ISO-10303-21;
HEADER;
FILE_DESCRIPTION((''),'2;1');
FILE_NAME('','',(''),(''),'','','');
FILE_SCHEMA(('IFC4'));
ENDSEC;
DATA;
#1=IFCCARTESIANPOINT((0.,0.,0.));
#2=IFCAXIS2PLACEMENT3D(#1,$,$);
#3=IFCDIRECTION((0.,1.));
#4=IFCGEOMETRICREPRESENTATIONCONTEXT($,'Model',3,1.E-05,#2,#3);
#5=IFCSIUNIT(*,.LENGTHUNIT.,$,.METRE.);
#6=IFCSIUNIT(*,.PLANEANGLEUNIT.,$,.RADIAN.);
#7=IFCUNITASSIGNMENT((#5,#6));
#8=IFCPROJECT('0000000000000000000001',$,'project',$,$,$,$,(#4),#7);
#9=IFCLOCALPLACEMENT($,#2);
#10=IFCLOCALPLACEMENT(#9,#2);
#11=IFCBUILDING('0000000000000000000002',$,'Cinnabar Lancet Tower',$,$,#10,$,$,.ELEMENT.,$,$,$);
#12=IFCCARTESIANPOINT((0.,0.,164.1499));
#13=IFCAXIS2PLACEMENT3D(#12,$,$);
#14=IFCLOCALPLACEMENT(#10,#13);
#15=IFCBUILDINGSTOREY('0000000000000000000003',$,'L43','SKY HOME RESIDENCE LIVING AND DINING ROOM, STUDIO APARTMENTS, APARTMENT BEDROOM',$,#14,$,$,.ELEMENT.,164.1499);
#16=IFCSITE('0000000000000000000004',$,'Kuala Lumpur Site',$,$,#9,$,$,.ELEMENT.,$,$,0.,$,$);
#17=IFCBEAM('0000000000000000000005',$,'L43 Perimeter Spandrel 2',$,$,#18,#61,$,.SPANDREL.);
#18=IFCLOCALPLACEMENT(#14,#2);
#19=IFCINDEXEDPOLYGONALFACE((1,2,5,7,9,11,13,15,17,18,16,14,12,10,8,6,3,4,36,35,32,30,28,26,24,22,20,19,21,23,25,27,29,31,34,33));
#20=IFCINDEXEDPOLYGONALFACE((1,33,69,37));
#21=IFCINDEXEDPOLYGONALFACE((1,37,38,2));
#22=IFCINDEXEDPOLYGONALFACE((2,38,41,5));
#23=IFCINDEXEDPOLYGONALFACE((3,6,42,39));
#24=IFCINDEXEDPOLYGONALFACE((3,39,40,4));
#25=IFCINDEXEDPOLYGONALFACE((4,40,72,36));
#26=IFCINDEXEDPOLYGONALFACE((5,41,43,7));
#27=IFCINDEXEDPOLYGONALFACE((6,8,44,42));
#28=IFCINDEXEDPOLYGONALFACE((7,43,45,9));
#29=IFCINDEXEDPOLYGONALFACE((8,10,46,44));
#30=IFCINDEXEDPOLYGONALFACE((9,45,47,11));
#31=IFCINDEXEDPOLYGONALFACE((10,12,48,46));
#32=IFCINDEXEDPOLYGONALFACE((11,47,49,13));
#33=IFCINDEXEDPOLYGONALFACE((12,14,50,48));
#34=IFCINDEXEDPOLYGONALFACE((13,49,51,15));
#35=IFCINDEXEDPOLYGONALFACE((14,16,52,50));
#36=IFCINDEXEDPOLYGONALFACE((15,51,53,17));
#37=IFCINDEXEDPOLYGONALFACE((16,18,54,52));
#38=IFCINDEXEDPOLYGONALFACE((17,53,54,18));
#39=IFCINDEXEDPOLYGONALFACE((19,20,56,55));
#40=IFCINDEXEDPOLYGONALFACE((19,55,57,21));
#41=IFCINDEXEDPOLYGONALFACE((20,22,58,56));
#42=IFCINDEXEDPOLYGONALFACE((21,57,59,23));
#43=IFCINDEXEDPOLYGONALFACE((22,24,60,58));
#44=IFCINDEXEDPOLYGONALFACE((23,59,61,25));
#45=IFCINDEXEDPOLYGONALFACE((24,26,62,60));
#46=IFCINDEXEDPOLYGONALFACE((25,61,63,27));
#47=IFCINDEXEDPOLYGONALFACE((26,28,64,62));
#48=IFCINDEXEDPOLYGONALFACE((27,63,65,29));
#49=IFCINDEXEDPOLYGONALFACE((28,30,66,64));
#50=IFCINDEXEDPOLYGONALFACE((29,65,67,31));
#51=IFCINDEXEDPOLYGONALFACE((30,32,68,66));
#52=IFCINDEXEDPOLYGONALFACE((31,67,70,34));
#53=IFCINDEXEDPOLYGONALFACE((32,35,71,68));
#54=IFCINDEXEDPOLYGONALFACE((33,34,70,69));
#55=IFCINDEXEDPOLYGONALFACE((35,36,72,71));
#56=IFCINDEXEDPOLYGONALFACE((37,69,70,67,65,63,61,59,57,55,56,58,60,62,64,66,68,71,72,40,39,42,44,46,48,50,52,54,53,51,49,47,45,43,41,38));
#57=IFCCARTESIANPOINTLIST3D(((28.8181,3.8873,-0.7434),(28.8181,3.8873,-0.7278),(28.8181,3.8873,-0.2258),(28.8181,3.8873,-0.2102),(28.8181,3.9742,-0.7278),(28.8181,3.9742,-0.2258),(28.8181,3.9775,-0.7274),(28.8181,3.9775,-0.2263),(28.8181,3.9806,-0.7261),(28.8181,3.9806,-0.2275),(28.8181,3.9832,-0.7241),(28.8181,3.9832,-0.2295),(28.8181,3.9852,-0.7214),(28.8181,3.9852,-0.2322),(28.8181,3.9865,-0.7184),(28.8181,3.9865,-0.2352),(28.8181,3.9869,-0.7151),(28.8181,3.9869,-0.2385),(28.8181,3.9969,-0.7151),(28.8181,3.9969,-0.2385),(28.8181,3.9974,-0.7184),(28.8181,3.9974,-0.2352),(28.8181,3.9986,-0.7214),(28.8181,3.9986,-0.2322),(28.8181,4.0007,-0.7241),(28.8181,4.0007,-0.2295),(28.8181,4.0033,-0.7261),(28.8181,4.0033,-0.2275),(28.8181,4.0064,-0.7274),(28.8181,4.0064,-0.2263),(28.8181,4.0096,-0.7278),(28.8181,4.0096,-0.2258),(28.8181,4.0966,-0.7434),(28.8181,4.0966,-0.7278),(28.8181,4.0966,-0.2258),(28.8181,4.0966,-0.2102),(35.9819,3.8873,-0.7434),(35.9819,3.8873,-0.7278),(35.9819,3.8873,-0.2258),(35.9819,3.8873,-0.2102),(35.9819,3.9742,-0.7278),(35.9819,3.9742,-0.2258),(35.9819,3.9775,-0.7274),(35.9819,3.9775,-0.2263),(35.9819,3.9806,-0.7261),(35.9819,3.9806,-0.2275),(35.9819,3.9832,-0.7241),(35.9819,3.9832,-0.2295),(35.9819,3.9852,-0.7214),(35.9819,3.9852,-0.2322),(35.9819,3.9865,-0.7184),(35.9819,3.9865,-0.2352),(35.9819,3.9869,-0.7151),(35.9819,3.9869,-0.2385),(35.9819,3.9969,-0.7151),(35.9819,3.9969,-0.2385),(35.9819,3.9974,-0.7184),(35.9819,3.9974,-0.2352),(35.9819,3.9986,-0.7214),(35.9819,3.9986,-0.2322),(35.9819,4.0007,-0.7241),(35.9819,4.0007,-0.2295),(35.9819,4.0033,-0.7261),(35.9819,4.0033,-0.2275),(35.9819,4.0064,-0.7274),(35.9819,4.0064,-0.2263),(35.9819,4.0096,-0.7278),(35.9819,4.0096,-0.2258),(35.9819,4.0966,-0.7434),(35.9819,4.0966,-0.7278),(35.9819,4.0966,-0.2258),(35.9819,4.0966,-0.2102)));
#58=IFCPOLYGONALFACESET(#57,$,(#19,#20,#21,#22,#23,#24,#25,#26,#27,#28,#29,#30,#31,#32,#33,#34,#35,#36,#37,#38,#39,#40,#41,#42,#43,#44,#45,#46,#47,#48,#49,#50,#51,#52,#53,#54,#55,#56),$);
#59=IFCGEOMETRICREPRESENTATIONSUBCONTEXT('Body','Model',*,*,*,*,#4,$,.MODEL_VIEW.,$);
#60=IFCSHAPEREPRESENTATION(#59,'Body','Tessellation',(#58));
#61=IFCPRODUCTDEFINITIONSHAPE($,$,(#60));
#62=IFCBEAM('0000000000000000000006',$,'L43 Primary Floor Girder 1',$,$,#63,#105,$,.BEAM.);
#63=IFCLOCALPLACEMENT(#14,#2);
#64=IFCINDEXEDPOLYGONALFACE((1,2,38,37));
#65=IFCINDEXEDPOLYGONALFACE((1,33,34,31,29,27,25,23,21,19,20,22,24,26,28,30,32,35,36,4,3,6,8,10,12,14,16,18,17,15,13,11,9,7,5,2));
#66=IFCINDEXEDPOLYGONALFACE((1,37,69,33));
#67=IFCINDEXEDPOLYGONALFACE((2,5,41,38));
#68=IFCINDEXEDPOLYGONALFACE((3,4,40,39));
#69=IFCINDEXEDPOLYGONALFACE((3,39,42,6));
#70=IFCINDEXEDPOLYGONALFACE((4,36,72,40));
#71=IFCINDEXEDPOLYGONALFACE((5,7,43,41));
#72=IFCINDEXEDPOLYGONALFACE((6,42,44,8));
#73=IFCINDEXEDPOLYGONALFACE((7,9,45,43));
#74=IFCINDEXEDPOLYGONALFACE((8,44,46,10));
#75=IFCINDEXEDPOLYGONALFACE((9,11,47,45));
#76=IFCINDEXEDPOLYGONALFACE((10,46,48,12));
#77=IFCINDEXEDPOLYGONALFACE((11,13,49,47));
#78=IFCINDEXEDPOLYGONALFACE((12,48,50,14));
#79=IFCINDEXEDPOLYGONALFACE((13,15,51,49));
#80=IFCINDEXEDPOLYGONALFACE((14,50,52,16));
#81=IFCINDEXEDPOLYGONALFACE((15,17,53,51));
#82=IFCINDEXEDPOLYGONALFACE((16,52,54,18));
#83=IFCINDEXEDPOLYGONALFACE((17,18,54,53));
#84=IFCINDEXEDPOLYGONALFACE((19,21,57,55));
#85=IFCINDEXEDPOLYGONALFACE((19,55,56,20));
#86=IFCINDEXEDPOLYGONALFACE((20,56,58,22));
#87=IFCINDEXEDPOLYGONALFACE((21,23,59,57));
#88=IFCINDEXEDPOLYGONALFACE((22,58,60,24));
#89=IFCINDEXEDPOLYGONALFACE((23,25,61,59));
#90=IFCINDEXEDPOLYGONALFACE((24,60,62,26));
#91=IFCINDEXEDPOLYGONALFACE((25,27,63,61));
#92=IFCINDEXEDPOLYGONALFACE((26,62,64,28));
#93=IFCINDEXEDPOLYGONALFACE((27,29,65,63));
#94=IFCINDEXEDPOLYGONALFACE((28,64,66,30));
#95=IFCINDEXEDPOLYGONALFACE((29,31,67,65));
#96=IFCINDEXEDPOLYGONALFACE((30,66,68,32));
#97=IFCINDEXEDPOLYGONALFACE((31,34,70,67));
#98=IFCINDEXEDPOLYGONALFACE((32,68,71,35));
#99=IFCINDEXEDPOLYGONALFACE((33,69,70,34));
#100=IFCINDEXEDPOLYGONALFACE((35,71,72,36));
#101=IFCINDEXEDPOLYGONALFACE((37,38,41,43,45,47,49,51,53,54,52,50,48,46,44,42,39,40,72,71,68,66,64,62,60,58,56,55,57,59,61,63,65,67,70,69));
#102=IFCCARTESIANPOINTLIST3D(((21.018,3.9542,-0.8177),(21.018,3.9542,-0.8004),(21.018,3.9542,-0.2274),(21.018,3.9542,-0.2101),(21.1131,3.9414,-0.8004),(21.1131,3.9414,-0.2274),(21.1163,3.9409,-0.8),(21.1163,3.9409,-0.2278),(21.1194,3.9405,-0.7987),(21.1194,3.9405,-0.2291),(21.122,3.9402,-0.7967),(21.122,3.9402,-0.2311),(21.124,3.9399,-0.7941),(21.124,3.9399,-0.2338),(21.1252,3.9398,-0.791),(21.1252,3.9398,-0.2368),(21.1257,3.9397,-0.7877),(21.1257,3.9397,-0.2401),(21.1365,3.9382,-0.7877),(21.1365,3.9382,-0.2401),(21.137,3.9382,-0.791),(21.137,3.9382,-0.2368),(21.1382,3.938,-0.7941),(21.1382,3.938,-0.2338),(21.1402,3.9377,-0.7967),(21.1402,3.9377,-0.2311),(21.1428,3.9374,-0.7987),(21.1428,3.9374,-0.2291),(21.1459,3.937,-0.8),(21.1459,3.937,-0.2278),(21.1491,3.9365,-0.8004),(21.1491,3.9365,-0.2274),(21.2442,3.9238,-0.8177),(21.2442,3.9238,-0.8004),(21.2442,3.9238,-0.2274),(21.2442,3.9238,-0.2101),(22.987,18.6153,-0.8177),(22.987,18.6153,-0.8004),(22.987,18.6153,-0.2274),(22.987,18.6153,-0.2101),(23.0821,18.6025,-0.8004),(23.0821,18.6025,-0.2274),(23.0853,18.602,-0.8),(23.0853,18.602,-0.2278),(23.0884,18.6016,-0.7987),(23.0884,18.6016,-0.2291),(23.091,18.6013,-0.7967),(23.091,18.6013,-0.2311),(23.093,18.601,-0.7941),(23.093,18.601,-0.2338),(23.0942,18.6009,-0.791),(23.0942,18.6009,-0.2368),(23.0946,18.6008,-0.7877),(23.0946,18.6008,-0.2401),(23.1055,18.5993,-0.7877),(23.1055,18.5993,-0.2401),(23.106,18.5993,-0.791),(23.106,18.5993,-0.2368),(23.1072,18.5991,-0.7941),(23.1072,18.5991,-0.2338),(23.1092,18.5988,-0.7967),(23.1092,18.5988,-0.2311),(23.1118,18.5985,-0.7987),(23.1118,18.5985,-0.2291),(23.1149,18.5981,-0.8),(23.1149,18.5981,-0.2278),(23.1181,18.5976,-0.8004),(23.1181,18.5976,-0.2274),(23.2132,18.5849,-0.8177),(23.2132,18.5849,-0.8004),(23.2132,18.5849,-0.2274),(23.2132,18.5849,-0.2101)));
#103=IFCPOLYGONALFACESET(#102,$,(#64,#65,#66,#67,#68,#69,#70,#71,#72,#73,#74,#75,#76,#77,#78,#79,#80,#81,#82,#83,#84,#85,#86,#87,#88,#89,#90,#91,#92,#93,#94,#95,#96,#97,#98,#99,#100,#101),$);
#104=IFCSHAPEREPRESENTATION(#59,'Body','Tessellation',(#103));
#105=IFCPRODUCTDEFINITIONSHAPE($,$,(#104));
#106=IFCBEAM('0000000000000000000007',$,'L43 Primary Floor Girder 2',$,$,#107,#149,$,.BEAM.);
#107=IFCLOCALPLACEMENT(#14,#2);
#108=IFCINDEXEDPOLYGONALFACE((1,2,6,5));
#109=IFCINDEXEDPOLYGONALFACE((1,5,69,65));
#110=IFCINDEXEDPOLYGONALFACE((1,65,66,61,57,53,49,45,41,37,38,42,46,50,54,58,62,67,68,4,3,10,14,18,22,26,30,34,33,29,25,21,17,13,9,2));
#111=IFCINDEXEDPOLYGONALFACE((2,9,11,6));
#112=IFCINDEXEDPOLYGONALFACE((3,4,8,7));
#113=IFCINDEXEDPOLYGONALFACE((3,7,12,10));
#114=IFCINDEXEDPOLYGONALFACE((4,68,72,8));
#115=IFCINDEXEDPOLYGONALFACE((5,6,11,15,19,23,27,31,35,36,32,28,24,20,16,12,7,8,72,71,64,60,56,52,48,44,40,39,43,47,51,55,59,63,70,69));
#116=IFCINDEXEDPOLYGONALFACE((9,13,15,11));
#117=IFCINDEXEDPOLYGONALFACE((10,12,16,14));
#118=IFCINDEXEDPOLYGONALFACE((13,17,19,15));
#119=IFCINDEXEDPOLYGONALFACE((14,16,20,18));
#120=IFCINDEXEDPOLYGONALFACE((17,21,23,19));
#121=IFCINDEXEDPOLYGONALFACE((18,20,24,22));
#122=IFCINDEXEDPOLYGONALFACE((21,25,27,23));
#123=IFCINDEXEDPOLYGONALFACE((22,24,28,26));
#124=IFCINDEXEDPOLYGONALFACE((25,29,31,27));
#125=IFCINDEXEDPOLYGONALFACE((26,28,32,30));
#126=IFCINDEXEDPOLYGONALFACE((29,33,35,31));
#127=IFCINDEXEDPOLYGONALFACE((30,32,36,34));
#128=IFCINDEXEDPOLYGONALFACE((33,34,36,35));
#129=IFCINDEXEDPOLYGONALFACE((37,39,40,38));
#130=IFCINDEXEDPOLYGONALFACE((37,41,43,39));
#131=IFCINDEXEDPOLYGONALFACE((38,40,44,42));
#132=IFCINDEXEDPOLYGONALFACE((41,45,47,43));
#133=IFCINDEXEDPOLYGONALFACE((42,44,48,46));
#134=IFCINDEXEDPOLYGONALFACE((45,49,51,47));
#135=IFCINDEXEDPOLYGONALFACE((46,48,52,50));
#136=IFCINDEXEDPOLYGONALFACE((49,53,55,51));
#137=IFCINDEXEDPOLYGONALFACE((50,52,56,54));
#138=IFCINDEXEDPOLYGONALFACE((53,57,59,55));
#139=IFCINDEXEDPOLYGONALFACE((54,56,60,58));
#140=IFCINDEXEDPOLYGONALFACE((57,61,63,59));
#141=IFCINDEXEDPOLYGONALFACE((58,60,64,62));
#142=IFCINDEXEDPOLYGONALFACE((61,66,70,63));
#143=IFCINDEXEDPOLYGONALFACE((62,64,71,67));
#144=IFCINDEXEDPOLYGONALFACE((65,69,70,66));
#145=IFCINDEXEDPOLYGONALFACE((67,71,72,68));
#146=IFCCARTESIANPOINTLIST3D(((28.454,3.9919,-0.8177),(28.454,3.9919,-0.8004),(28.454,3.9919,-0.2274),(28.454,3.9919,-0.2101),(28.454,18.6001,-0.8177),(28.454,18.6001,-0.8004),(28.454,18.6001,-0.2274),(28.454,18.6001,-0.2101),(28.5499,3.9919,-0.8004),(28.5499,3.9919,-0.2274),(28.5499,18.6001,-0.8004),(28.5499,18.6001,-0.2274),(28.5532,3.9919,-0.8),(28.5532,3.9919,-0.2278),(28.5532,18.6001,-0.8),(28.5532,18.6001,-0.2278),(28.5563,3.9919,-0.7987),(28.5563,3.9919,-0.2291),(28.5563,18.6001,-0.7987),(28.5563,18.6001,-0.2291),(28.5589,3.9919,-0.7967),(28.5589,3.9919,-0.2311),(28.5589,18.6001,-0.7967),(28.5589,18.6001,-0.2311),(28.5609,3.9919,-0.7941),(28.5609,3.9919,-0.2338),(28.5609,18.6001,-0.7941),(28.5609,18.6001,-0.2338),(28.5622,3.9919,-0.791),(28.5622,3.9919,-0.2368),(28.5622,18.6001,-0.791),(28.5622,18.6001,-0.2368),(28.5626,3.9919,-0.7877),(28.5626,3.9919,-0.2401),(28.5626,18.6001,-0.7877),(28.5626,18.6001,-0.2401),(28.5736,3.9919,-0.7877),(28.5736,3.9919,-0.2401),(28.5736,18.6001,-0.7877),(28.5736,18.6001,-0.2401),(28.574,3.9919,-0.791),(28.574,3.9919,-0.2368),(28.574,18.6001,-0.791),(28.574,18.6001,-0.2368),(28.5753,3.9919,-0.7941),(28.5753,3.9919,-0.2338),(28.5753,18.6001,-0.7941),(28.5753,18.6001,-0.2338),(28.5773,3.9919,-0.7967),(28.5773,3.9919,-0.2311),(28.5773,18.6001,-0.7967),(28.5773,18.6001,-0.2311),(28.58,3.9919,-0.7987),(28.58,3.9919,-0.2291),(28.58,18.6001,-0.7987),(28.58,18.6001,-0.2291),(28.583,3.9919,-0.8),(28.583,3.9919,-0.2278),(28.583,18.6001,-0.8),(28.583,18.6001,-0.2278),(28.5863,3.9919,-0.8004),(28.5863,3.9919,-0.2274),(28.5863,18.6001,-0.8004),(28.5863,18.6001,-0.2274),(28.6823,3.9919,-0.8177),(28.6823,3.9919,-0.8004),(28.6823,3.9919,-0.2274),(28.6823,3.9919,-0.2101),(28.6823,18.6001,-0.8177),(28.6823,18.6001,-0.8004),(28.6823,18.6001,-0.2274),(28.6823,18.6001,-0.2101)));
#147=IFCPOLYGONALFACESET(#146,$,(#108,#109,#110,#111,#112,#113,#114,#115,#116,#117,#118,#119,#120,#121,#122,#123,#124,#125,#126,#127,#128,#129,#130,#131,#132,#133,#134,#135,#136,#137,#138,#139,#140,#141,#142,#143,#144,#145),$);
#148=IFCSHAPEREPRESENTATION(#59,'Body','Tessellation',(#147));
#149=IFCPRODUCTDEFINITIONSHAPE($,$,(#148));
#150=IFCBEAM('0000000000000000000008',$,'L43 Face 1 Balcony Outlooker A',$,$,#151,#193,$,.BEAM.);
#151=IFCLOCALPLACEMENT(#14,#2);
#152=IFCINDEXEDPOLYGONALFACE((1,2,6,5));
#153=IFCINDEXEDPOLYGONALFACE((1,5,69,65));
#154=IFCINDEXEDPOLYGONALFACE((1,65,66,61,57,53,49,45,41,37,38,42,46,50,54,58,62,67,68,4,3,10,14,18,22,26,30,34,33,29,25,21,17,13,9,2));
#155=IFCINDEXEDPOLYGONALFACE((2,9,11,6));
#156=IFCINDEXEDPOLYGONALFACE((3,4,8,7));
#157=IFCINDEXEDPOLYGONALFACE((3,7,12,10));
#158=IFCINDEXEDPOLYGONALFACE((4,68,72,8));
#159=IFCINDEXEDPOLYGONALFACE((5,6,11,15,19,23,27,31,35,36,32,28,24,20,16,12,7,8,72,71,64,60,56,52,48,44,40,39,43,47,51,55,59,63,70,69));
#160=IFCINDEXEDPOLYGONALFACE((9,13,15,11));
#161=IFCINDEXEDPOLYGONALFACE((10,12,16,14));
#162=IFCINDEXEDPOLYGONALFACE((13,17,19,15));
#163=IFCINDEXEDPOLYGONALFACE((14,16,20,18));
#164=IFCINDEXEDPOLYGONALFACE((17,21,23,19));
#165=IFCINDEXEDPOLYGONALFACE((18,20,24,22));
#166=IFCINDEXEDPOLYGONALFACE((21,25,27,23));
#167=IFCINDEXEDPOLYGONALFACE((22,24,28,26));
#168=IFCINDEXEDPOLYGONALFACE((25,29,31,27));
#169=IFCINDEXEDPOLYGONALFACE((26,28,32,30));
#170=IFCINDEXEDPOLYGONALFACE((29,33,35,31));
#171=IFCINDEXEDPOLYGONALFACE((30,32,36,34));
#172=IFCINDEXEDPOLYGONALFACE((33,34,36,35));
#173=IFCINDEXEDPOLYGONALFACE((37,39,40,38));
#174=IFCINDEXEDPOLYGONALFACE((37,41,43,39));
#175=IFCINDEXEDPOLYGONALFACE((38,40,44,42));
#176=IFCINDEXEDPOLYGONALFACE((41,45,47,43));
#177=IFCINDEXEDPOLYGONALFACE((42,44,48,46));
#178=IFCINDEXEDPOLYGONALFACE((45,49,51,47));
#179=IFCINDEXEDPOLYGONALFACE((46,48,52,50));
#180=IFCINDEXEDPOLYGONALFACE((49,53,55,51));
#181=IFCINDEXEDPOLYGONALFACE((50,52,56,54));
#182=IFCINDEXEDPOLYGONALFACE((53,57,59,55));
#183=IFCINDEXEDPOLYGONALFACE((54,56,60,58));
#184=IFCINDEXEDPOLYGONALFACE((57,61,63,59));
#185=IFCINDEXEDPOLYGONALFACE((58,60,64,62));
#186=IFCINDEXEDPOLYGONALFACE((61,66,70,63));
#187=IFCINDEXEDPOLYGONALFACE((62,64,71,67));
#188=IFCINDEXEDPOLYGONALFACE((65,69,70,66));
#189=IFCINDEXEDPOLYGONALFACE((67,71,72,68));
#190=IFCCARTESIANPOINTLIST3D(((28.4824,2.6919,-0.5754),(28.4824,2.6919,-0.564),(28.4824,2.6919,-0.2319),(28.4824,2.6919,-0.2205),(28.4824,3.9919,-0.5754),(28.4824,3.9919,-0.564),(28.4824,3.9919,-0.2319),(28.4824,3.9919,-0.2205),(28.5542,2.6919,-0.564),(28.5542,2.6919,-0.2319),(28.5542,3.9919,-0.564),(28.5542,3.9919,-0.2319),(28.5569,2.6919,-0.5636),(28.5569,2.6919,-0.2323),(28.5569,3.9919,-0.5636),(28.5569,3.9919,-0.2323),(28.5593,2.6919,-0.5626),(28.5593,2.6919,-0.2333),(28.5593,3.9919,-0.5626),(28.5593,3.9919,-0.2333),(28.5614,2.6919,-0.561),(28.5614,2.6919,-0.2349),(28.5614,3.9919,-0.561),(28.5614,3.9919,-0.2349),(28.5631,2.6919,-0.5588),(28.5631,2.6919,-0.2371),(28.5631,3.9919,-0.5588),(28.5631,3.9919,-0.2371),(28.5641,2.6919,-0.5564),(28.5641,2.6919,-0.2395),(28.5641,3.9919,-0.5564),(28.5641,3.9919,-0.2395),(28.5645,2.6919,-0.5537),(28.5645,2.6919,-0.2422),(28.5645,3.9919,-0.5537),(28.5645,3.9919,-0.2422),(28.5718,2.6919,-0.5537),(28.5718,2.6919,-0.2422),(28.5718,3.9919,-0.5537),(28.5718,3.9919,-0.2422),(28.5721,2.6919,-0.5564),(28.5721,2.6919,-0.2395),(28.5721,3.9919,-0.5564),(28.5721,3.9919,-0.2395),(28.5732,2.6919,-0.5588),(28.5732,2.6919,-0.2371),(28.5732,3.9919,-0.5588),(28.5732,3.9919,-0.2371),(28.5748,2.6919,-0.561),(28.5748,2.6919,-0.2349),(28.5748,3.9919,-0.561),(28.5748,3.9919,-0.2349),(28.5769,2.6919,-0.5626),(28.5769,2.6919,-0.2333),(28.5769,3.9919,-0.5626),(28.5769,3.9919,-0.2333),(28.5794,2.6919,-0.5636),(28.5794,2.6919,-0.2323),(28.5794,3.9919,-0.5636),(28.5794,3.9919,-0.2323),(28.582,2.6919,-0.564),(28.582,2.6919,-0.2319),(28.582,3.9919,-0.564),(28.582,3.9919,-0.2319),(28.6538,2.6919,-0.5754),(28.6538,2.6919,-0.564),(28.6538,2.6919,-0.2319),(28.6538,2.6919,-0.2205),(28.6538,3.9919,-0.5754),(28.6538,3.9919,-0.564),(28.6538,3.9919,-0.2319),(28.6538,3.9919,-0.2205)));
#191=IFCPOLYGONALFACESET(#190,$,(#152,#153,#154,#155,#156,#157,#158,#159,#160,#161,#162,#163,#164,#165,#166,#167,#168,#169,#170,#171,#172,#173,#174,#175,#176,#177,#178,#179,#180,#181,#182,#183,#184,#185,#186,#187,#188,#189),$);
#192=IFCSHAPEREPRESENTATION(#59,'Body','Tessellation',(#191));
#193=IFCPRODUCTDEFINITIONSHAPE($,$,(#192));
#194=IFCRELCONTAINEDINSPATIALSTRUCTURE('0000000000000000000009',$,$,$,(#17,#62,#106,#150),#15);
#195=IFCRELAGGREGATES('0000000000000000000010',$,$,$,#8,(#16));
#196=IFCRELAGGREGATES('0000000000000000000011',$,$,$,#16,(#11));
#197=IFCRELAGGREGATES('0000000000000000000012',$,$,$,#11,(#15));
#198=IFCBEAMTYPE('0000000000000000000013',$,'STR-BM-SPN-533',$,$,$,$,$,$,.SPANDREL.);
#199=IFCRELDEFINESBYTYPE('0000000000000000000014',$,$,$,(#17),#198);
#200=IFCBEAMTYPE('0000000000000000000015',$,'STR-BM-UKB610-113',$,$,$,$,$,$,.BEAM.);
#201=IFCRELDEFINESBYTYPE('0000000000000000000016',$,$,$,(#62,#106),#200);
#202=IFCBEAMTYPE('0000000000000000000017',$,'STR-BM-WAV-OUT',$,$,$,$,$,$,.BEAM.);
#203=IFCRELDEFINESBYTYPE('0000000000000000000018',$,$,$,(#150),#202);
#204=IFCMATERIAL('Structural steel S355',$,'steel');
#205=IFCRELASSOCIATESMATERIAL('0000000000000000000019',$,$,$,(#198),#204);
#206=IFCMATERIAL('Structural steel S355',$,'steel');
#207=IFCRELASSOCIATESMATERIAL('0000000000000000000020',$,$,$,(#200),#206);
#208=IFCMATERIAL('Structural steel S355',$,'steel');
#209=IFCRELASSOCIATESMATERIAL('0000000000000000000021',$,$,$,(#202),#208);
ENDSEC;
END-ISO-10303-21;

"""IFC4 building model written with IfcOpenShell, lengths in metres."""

from ifc_helpers import new_model, si_unit, direction, frame, origin, origin_2d, place, context, subcontext, project, spatial, i_section, extrude, material, material_profile, profile_set, type_object, element, save


model = new_model("IFC4")

# Units and contexts
model_context = context("Model", 3, precision=1e-05, world=origin(), true_north=direction((0.0, 1.0)))
body_context = subcontext(model_context, "Body", "Model", "MODEL_VIEW")
ifc_project = project(units=[si_unit("LENGTHUNIT", "METRE"), si_unit("PLANEANGLEUNIT", "RADIAN")], contexts=[model_context])

# Site, building, storey
site_placement = place(None, origin())
site = spatial("IfcSite", under=ifc_project, at=site_placement, Name="Kuala Lumpur Site", CompositionType="ELEMENT", RefElevation=0.0)
building_placement = place(site_placement, origin())
building = spatial("IfcBuilding", under=site, at=building_placement, Name="Cinnabar Lancet Tower", CompositionType="ELEMENT")
storey_placement = place(building_placement, frame((0.0, 0.0, 164.1499)))
storey = spatial("IfcBuildingStorey", under=building, at=storey_placement, Name="L43", Description="SKY HOME RESIDENCE LIVING AND DINING ROOM, STUDIO APARTMENTS, APARTMENT BEDROOM", CompositionType="ELEMENT", Elevation=164.1499)

# Beams
ifc_material_1 = material(Name="Structural steel S355", Category="steel")
ifc_material_profile_1 = material_profile(ifc_material_1, i_section(OverallWidth=0.2092, OverallDepth=0.5332, WebThickness=0.01, FlangeThickness=0.0156, FilletRadius=0.0127, at=origin_2d()), Name="UKB 533x210x92")
ifc_profile_set_1 = profile_set([ifc_material_profile_1], Name="Structural steel S355")
beam_type_1 = type_object("IfcBeamType", Name="STR-BM-SPN-533", PredefinedType="SPANDREL", material=ifc_profile_set_1)
beam_1_placement = place(storey_placement, frame((28.8181, 3.9919, -0.4768), z_axis=(1.0, 0.0, 0.0), x_axis=(0.0, 1.0, 0.0)))
element("IfcBeam", 1, at=beam_1_placement, inside=storey, type_object=beam_type_1, Name="L43 Perimeter Spandrel 2", PredefinedType="SPANDREL", context=body_context, shape_type="SweptSolid", body=[
    extrude(i_section(OverallWidth=0.2092, OverallDepth=0.5332, WebThickness=0.01, FlangeThickness=0.0156, FilletRadius=0.0127, at=origin_2d()), origin(), (0.0, 0.0, 1.0), 7.1638),
])
ifc_material_2 = material(Name="Structural steel S355", Category="steel")
ifc_material_profile_2 = material_profile(ifc_material_2, i_section(OverallWidth=0.2283, OverallDepth=0.6077, WebThickness=0.011, FlangeThickness=0.0173, FilletRadius=0.0127, at=origin_2d()), Name="UKB 610x229x113")
ifc_profile_set_2 = profile_set([ifc_material_profile_2], Name="Structural steel S355")
beam_type_2 = type_object("IfcBeamType", Name="STR-BM-UKB610-113", PredefinedType="BEAM", material=ifc_profile_set_2)
beam_2_placement = place(storey_placement, frame((21.1311, 3.939, -0.5139), z_axis=(0.133105, 0.991102, 0.0), x_axis=(-0.991102, 0.133105, 0.0)))
element("IfcBeam", 2, at=beam_2_placement, inside=storey, type_object=beam_type_2, Name="L43 Primary Floor Girder 1", PredefinedType="BEAM", context=body_context, shape_type="SweptSolid", body=[
    extrude(i_section(OverallWidth=0.2283, OverallDepth=0.6077, WebThickness=0.011, FlangeThickness=0.0173, FilletRadius=0.0127, at=origin_2d()), origin(), (0.0, 0.0, 1.0), 14.7927),
])
beam_3_placement = place(storey_placement, frame((28.5681, 3.9919, -0.5139), z_axis=(0.0, 1.0, 0.0), x_axis=(-1.0, 0.0, 0.0)))
element("IfcBeam", 3, at=beam_3_placement, inside=storey, type_object=beam_type_2, Name="L43 Primary Floor Girder 2", PredefinedType="BEAM", context=body_context, shape_type="SweptSolid", body=[
    extrude(i_section(OverallWidth=0.2283, OverallDepth=0.6077, WebThickness=0.011, FlangeThickness=0.0173, FilletRadius=0.0127, at=origin_2d()), origin(), (0.0, 0.0, 1.0), 14.6082),
])
ifc_material_3 = material(Name="Structural steel S355", Category="steel")
ifc_material_profile_3 = material_profile(ifc_material_3, i_section(OverallWidth=0.1714, OverallDepth=0.355, WebThickness=0.0073, FlangeThickness=0.0115, FilletRadius=0.0103, at=origin_2d()), Name="UKB 356x171x51")
ifc_profile_set_3 = profile_set([ifc_material_profile_3], Name="Structural steel S355")
beam_type_3 = type_object("IfcBeamType", Name="STR-BM-WAV-OUT", PredefinedType="BEAM", material=ifc_profile_set_3)
beam_4_placement = place(storey_placement, frame((28.5681, 3.9919, -0.3979), z_axis=(0.0, -1.0, 0.0), x_axis=(1.0, 0.0, 0.0)))
element("IfcBeam", 4, at=beam_4_placement, inside=storey, type_object=beam_type_3, Name="L43 Face 1 Balcony Outlooker A", PredefinedType="BEAM", context=body_context, shape_type="SweptSolid", body=[
    extrude(i_section(OverallWidth=0.1714, OverallDepth=0.355, WebThickness=0.0073, FlangeThickness=0.0115, FilletRadius=0.0103, at=origin_2d()), origin(), (0.0, 0.0, 1.0), 1.3),
])

save(model, "model.ifc")
